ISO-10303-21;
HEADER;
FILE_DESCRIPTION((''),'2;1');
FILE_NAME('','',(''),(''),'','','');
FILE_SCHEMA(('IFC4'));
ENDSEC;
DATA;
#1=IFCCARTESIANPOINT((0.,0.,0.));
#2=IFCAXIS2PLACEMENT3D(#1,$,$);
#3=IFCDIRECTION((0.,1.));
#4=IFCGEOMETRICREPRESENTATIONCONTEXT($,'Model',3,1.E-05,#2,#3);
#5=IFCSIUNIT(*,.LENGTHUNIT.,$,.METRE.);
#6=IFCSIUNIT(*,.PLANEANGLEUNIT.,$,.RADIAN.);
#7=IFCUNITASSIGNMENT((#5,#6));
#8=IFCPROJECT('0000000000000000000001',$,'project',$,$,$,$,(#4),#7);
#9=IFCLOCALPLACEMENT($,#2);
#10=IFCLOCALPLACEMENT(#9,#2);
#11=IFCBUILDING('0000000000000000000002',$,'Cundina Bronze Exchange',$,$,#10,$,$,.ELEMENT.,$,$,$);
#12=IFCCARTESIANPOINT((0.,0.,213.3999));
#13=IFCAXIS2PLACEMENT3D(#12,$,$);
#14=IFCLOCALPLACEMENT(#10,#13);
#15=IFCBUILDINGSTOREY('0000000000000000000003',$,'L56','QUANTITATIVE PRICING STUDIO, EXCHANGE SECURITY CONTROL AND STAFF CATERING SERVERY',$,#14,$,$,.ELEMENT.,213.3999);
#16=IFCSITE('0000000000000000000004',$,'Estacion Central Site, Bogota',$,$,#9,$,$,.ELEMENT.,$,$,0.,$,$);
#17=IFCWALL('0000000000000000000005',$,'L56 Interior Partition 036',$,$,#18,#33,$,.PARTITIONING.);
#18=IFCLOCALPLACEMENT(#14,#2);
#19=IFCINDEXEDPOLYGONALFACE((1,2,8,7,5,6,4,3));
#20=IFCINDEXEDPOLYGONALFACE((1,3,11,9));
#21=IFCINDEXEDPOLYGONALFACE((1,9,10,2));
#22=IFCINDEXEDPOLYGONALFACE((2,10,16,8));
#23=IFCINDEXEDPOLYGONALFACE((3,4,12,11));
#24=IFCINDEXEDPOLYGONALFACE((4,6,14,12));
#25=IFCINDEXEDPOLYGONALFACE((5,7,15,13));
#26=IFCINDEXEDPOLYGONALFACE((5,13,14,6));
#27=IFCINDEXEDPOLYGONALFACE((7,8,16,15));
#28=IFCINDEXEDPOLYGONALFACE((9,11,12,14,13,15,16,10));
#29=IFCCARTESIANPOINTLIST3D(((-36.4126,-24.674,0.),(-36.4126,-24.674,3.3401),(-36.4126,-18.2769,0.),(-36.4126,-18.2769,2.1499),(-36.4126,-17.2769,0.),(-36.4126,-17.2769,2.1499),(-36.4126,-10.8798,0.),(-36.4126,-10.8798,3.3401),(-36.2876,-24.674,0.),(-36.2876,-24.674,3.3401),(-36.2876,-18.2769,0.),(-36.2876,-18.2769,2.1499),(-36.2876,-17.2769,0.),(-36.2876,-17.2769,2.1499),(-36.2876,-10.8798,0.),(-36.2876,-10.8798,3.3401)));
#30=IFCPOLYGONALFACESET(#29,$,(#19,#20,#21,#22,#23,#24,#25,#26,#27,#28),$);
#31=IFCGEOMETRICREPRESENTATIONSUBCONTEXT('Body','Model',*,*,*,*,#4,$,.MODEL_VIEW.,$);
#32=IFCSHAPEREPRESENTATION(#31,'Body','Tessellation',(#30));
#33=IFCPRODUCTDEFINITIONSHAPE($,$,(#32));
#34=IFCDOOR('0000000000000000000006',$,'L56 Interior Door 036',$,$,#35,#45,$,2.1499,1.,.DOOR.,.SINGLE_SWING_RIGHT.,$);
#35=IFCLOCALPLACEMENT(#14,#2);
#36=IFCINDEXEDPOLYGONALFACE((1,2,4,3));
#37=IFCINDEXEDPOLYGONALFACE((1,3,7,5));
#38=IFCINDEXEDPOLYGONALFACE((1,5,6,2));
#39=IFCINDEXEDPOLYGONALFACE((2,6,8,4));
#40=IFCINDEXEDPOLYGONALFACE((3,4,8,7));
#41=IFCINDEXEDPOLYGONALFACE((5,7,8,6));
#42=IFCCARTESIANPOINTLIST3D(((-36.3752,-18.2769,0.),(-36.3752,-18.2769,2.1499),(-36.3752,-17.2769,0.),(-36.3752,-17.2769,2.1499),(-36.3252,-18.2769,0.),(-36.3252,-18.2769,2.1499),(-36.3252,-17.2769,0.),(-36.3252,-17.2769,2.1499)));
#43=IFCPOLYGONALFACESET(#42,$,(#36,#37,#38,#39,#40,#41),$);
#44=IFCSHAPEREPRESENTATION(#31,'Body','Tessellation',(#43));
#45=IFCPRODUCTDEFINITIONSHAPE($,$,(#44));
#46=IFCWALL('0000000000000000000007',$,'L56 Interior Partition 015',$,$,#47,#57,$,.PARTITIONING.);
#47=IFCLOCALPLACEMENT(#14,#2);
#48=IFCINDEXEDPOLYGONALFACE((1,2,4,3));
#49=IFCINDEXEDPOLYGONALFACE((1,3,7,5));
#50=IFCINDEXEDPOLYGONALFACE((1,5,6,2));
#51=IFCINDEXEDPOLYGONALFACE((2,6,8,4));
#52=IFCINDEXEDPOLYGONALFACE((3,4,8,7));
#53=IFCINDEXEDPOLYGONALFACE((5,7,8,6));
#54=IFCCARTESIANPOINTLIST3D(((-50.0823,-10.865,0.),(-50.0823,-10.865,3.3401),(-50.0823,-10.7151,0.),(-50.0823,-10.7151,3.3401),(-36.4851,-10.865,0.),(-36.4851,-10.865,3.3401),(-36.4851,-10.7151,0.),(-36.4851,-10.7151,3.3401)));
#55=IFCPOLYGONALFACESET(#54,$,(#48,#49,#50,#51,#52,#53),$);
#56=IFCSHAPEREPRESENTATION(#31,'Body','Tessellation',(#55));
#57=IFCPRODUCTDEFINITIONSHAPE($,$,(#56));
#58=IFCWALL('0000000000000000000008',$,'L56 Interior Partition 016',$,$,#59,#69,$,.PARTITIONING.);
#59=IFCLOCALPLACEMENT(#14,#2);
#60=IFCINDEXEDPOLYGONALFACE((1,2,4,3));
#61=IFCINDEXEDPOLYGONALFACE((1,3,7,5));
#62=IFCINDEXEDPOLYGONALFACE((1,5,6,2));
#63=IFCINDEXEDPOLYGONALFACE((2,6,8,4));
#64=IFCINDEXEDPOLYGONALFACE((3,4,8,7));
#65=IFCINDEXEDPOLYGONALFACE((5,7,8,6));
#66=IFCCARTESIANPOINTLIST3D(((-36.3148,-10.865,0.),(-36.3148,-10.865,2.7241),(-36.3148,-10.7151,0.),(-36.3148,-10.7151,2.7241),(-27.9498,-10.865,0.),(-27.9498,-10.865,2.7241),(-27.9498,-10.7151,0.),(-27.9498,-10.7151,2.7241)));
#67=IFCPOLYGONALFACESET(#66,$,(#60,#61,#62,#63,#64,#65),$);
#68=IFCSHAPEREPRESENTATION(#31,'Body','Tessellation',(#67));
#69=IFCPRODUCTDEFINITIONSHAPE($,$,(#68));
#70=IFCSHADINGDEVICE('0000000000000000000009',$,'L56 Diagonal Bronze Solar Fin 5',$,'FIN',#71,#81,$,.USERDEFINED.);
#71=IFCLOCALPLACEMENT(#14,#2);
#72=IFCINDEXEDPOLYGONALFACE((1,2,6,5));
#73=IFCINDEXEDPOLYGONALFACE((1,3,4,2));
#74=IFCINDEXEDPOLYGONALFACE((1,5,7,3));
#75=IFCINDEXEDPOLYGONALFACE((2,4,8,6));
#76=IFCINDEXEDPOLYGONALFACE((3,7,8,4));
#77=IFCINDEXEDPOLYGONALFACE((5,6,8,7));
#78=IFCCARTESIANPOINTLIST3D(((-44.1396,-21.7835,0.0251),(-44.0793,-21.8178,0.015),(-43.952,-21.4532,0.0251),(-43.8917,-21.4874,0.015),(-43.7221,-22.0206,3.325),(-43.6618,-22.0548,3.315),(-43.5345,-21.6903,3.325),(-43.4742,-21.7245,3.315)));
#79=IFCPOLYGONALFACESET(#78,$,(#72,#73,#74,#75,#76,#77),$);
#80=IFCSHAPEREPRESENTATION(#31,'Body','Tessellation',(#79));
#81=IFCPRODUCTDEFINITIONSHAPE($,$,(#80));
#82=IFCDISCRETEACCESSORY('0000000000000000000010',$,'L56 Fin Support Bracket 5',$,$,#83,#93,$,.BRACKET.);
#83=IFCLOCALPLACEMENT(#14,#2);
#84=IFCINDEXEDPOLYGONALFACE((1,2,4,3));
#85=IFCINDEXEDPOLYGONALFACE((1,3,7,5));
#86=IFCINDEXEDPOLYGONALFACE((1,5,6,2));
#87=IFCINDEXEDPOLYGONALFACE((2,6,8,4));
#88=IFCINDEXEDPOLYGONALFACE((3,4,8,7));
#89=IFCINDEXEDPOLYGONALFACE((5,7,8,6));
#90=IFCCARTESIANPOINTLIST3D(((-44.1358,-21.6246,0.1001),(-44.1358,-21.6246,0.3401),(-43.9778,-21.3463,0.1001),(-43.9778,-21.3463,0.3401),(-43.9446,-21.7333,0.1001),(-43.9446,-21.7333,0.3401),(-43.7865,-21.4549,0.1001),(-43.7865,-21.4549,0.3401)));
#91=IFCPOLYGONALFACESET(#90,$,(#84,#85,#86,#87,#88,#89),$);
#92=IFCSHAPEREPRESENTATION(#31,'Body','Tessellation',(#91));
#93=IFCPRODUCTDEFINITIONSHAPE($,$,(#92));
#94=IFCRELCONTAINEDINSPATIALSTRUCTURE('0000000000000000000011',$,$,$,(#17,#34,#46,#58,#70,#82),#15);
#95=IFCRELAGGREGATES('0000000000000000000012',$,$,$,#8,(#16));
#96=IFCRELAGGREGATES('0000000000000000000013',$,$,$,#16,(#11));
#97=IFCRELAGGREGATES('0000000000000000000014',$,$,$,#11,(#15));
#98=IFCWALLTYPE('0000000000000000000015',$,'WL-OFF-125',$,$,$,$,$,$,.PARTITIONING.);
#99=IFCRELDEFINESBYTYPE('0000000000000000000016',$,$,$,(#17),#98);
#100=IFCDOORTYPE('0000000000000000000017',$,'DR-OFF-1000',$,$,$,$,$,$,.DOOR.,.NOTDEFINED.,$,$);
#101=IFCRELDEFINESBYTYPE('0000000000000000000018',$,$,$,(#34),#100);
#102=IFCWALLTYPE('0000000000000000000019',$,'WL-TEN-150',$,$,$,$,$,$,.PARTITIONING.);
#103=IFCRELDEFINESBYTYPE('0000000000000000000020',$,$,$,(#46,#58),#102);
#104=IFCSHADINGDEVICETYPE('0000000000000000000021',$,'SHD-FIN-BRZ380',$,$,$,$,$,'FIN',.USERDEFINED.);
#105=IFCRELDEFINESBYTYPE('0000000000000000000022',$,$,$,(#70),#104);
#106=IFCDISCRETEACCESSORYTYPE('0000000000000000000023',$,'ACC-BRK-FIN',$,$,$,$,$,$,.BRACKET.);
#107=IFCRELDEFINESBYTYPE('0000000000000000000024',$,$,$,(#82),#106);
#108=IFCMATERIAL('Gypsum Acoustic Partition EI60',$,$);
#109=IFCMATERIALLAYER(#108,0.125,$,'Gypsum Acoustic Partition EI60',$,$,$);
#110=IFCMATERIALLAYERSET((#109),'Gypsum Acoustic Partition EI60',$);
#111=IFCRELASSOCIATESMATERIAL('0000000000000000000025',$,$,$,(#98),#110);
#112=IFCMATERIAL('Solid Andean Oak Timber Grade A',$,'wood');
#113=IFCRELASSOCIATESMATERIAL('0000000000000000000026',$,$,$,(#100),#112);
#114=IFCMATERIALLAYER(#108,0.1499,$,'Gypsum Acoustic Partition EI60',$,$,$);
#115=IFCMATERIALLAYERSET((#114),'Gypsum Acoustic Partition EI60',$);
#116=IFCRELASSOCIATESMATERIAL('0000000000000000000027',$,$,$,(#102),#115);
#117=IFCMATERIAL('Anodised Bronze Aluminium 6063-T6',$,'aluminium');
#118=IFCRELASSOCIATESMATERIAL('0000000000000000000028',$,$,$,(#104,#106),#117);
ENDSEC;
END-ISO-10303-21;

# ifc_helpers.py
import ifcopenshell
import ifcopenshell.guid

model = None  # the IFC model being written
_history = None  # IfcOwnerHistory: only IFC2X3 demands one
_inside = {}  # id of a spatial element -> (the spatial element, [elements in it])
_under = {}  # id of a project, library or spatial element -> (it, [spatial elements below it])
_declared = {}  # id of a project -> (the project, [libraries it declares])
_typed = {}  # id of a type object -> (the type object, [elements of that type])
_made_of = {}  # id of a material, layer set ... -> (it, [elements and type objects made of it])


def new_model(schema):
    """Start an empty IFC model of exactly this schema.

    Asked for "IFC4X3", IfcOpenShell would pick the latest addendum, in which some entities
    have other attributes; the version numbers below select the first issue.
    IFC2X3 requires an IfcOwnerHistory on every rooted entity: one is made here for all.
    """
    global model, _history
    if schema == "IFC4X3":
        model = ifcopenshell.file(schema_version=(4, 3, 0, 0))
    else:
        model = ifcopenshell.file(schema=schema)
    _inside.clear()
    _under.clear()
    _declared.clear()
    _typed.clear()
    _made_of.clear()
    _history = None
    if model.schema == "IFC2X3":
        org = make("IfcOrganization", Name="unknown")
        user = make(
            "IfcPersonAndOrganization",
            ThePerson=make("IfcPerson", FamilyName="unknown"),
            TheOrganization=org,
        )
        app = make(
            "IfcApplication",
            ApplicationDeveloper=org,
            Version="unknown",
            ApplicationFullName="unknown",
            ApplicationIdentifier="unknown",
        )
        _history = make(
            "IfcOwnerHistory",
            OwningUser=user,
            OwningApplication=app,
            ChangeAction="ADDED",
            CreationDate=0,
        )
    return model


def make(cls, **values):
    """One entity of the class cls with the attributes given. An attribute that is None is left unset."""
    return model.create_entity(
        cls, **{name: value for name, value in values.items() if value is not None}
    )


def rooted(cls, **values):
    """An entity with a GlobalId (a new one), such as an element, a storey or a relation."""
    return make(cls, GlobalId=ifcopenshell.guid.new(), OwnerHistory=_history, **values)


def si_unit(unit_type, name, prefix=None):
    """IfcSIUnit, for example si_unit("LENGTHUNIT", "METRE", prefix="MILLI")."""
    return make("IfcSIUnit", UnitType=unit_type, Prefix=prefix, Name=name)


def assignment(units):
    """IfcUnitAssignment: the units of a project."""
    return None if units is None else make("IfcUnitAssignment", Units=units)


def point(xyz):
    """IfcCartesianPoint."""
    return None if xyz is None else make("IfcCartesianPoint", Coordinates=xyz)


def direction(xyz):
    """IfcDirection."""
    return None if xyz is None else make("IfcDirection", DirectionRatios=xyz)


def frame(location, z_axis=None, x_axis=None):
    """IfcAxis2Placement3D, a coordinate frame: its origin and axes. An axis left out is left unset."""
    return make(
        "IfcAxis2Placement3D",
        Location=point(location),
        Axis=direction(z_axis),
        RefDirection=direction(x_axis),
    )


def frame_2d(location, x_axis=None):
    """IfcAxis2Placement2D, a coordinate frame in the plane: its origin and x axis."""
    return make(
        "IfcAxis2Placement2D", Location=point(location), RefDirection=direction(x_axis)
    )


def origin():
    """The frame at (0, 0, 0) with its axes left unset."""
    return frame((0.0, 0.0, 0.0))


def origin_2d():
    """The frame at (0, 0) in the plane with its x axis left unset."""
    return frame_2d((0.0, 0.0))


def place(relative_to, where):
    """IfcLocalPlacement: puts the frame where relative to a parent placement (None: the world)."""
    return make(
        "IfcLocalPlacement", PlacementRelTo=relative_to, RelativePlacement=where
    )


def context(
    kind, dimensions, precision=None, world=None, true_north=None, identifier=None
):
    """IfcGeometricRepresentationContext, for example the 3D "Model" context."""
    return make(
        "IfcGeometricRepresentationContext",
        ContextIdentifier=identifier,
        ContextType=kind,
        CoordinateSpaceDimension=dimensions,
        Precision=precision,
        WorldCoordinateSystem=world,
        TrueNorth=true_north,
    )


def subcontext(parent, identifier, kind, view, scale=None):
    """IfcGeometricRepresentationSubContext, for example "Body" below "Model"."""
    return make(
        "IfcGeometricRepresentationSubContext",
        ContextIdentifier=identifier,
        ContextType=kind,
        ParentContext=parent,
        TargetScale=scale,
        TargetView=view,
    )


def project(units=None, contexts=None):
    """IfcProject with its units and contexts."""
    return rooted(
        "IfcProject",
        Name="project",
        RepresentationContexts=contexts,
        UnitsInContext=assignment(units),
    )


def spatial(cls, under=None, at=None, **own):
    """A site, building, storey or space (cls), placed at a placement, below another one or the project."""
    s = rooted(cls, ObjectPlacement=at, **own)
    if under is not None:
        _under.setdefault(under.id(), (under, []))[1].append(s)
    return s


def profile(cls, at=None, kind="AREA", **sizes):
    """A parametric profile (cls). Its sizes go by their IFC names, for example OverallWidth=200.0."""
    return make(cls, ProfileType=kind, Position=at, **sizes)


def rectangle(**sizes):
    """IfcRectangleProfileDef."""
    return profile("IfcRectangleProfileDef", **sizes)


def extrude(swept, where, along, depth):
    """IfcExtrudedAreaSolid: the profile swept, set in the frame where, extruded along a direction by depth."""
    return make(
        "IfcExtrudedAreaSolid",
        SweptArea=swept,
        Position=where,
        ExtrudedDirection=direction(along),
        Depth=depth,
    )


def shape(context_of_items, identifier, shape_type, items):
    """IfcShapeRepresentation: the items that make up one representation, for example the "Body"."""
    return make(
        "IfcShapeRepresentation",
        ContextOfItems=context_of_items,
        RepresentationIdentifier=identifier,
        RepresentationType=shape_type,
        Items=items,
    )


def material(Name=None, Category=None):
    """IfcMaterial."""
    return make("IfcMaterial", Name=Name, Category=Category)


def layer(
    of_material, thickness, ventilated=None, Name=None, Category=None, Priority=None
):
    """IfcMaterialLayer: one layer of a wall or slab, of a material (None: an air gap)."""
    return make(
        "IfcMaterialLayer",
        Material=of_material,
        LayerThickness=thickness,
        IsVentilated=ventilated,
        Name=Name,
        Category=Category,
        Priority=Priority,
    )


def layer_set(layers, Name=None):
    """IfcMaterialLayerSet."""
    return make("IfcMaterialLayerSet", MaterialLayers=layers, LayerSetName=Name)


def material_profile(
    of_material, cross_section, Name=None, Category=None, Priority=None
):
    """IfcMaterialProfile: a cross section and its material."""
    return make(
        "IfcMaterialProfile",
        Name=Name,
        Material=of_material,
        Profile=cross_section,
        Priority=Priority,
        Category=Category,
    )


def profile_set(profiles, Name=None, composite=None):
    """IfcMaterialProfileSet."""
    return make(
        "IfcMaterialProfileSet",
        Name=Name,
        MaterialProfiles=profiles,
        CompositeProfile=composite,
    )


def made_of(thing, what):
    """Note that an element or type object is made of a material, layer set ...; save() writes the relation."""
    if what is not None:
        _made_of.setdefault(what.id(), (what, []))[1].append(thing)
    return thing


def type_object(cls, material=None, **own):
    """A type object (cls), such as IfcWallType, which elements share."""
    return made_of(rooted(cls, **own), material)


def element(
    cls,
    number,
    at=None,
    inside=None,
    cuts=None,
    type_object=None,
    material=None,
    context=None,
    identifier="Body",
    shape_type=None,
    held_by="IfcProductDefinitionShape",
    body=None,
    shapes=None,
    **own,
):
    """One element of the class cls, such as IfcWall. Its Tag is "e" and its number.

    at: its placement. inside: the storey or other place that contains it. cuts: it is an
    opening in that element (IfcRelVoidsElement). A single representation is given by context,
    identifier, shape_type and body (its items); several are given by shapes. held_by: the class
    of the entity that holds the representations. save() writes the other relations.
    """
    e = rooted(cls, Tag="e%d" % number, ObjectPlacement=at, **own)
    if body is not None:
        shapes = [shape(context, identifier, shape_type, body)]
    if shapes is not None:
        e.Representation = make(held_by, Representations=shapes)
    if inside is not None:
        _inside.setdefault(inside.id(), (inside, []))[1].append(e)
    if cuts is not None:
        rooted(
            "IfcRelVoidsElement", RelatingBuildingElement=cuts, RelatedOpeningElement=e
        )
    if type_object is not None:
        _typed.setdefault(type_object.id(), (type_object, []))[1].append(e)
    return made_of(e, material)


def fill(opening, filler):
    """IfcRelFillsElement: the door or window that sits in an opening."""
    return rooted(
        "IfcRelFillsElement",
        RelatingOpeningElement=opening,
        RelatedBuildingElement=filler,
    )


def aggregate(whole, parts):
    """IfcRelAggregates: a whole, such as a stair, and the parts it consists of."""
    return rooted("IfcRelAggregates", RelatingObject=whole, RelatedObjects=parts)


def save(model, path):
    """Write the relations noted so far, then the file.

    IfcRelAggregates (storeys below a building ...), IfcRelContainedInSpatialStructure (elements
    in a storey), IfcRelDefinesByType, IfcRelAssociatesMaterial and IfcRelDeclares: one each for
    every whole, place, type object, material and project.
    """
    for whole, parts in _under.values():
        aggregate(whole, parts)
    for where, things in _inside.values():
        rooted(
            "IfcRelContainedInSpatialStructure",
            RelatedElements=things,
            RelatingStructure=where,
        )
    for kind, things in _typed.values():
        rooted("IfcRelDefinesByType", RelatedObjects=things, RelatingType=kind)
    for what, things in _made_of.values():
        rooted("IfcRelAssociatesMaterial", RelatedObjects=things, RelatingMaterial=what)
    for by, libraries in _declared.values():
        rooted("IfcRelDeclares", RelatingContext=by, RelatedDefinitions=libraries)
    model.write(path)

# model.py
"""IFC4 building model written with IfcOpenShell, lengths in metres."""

from ifc_helpers import new_model, si_unit, direction, frame, frame_2d, origin, origin_2d, place, context, subcontext, project, spatial, rectangle, extrude, material, layer, layer_set, material_profile, profile_set, type_object, element, fill, save


model = new_model("IFC4")

# Units and contexts
model_context = context("Model", 3, precision=1e-05, world=origin(), true_north=direction((0.0, 1.0)))
body_context = subcontext(model_context, "Body", "Model", "MODEL_VIEW")
ifc_project = project(units=[si_unit("LENGTHUNIT", "METRE"), si_unit("PLANEANGLEUNIT", "RADIAN")], contexts=[model_context])

# Site, building, storey
site_placement = place(None, origin())
site = spatial("IfcSite", under=ifc_project, at=site_placement, Name="Estacion Central Site, Bogota", CompositionType="ELEMENT", RefElevation=0.0)
building_placement = place(site_placement, origin())
building = spatial("IfcBuilding", under=site, at=building_placement, Name="Cundina Bronze Exchange", CompositionType="ELEMENT")
storey_placement = place(building_placement, frame((0.0, 0.0, 213.3999)))
storey = spatial("IfcBuildingStorey", under=building, at=storey_placement, Name="L56", Description="QUANTITATIVE PRICING STUDIO, EXCHANGE SECURITY CONTROL AND STAFF CATERING SERVERY", CompositionType="ELEMENT", Elevation=213.3999)

# Shared definitions
ifc_material_1 = material(Name="Anodised Bronze Aluminium 6063-T6", Category="aluminium")

# Wall, opening, door
ifc_material_2 = material(Name="Gypsum Acoustic Partition EI60")
ifc_layer_1 = layer(ifc_material_2, 0.125, Name="Gypsum Acoustic Partition EI60")
ifc_layer_set_1 = layer_set([ifc_layer_1], Name="Gypsum Acoustic Partition EI60")
wall_type_1 = type_object("IfcWallType", Name="WL-OFF-125", PredefinedType="PARTITIONING", material=ifc_layer_set_1)
wall_1_placement = place(storey_placement, frame((-36.3501, -10.8799, 0.0), z_axis=(0.0, 0.0, 1.0), x_axis=(0.0, -1.0, 0.0)))
wall_1 = element("IfcWall", 1, at=wall_1_placement, inside=storey, type_object=wall_type_1, Name="L56 Interior Partition 036", PredefinedType="PARTITIONING", context=body_context, shape_type="SweptSolid", body=[
    extrude(rectangle(XDim=13.7942, YDim=0.125, at=frame_2d((6.897, 0.0))), origin(), (0.0, 0.0, 1.0), 3.3401),
])
opening_placement = place(wall_1_placement, frame((6.397, 0.0, 0.0)))
opening = element("IfcOpeningElement", 2, at=opening_placement, cuts=wall_1, PredefinedType="OPENING", context=body_context, shape_type="SweptSolid", body=[
    extrude(rectangle(XDim=1.0, YDim=2.1499, at=frame_2d((0.5, 1.075))), frame((0.0, 0.0725, 0.0), z_axis=(0.0, -1.0, 0.0), x_axis=(1.0, 0.0, 0.0)), (0.0, 0.0, 1.0), 0.145),
])
ifc_material_3 = material(Name="Solid Andean Oak Timber Grade A", Category="wood")
door_type = type_object("IfcDoorType", Name="DR-OFF-1000", OperationType="NOTDEFINED", PredefinedType="DOOR", material=ifc_material_3)
door_placement = place(opening_placement, origin())
door = element("IfcDoor", 3, at=door_placement, inside=storey, type_object=door_type, Name="L56 Interior Door 036", OperationType="SINGLE_SWING_RIGHT", OverallHeight=2.1499, OverallWidth=1.0, PredefinedType="DOOR", context=body_context, shape_type="SweptSolid", body=[
    extrude(rectangle(XDim=1.0, YDim=2.1499, at=frame_2d((0.5, 1.075))), frame((0.0, 0.0249, 0.0), z_axis=(0.0, -1.0, 0.0), x_axis=(1.0, 0.0, 0.0)), (0.0, 0.0, 1.0), 0.05),
])
fill(opening, door)

# Walls
ifc_layer_2 = layer(ifc_material_2, 0.1499, Name="Gypsum Acoustic Partition EI60")
ifc_layer_set_2 = layer_set([ifc_layer_2], Name="Gypsum Acoustic Partition EI60")
wall_type_2 = type_object("IfcWallType", Name="WL-TEN-150", PredefinedType="PARTITIONING", material=ifc_layer_set_2)
wall_2_placement = place(storey_placement, frame((-50.0823, -10.79, 0.0), z_axis=(0.0, 0.0, 1.0), x_axis=(1.0, 0.0, 0.0)))
element("IfcWall", 4, at=wall_2_placement, inside=storey, type_object=wall_type_2, Name="L56 Interior Partition 015", PredefinedType="PARTITIONING", context=body_context, shape_type="SweptSolid", body=[
    extrude(rectangle(XDim=13.5972, YDim=0.1499, at=frame_2d((6.7986, 0.0))), origin(), (0.0, 0.0, 1.0), 3.3401),
])
wall_3_placement = place(storey_placement, frame((-36.3149, -10.79, 0.0), z_axis=(0.0, 0.0, 1.0), x_axis=(1.0, 0.0, 0.0)))
element("IfcWall", 5, at=wall_3_placement, inside=storey, type_object=wall_type_2, Name="L56 Interior Partition 016", PredefinedType="PARTITIONING", context=body_context, shape_type="SweptSolid", body=[
    extrude(rectangle(XDim=8.365, YDim=0.1499, at=frame_2d((4.1826, 0.0))), origin(), (0.0, 0.0, 1.0), 2.7241),
])

# Shading device
ifc_material_profile_1 = material_profile(ifc_material_1, rectangle(XDim=0.0701, YDim=0.3799, at=origin_2d()), Name="FIN70X380", Category="aluminium")
ifc_profile_set_1 = profile_set([ifc_material_profile_1], Name="Anodised Bronze Aluminium 6063-T6")
shading_device_type = type_object("IfcShadingDeviceType", Name="SHD-FIN-BRZ380", ElementType="FIN", PredefinedType="USERDEFINED", material=ifc_profile_set_1)
shading_device_placement = place(storey_placement, frame((-44.0156, -21.6355, 0.02), z_axis=(0.12519, -0.071087, 0.989583), x_axis=(-0.860527, 0.488638, 0.143965)))
element("IfcShadingDevice", 6, at=shading_device_placement, inside=storey, type_object=shading_device_type, Name="L56 Diagonal Bronze Solar Fin 5", ObjectType="FIN", PredefinedType="USERDEFINED", context=body_context, shape_type="SweptSolid", body=[
    extrude(rectangle(XDim=0.0701, YDim=0.3799, at=origin_2d()), origin(), (0.0, 0.0, 1.0), 3.3347),
])

# Discrete accessory
discrete_accessory_type = type_object("IfcDiscreteAccessoryType", Name="ACC-BRK-FIN", PredefinedType="BRACKET", material=ifc_material_1)
discrete_accessory_placement = place(storey_placement, frame((-43.9612, -21.5398, 0.1001), z_axis=(0.0, 0.0, 1.0), x_axis=(0.869573, -0.493805, 0.0)))
element("IfcDiscreteAccessory", 7, at=discrete_accessory_placement, inside=storey, type_object=discrete_accessory_type, Name="L56 Fin Support Bracket 5", PredefinedType="BRACKET", context=body_context, shape_type="SweptSolid", body=[
    extrude(rectangle(XDim=0.22, YDim=0.3201, at=origin_2d()), origin(), (0.0, 0.0, 1.0), 0.24),
])

save(model, "model.ifc")
